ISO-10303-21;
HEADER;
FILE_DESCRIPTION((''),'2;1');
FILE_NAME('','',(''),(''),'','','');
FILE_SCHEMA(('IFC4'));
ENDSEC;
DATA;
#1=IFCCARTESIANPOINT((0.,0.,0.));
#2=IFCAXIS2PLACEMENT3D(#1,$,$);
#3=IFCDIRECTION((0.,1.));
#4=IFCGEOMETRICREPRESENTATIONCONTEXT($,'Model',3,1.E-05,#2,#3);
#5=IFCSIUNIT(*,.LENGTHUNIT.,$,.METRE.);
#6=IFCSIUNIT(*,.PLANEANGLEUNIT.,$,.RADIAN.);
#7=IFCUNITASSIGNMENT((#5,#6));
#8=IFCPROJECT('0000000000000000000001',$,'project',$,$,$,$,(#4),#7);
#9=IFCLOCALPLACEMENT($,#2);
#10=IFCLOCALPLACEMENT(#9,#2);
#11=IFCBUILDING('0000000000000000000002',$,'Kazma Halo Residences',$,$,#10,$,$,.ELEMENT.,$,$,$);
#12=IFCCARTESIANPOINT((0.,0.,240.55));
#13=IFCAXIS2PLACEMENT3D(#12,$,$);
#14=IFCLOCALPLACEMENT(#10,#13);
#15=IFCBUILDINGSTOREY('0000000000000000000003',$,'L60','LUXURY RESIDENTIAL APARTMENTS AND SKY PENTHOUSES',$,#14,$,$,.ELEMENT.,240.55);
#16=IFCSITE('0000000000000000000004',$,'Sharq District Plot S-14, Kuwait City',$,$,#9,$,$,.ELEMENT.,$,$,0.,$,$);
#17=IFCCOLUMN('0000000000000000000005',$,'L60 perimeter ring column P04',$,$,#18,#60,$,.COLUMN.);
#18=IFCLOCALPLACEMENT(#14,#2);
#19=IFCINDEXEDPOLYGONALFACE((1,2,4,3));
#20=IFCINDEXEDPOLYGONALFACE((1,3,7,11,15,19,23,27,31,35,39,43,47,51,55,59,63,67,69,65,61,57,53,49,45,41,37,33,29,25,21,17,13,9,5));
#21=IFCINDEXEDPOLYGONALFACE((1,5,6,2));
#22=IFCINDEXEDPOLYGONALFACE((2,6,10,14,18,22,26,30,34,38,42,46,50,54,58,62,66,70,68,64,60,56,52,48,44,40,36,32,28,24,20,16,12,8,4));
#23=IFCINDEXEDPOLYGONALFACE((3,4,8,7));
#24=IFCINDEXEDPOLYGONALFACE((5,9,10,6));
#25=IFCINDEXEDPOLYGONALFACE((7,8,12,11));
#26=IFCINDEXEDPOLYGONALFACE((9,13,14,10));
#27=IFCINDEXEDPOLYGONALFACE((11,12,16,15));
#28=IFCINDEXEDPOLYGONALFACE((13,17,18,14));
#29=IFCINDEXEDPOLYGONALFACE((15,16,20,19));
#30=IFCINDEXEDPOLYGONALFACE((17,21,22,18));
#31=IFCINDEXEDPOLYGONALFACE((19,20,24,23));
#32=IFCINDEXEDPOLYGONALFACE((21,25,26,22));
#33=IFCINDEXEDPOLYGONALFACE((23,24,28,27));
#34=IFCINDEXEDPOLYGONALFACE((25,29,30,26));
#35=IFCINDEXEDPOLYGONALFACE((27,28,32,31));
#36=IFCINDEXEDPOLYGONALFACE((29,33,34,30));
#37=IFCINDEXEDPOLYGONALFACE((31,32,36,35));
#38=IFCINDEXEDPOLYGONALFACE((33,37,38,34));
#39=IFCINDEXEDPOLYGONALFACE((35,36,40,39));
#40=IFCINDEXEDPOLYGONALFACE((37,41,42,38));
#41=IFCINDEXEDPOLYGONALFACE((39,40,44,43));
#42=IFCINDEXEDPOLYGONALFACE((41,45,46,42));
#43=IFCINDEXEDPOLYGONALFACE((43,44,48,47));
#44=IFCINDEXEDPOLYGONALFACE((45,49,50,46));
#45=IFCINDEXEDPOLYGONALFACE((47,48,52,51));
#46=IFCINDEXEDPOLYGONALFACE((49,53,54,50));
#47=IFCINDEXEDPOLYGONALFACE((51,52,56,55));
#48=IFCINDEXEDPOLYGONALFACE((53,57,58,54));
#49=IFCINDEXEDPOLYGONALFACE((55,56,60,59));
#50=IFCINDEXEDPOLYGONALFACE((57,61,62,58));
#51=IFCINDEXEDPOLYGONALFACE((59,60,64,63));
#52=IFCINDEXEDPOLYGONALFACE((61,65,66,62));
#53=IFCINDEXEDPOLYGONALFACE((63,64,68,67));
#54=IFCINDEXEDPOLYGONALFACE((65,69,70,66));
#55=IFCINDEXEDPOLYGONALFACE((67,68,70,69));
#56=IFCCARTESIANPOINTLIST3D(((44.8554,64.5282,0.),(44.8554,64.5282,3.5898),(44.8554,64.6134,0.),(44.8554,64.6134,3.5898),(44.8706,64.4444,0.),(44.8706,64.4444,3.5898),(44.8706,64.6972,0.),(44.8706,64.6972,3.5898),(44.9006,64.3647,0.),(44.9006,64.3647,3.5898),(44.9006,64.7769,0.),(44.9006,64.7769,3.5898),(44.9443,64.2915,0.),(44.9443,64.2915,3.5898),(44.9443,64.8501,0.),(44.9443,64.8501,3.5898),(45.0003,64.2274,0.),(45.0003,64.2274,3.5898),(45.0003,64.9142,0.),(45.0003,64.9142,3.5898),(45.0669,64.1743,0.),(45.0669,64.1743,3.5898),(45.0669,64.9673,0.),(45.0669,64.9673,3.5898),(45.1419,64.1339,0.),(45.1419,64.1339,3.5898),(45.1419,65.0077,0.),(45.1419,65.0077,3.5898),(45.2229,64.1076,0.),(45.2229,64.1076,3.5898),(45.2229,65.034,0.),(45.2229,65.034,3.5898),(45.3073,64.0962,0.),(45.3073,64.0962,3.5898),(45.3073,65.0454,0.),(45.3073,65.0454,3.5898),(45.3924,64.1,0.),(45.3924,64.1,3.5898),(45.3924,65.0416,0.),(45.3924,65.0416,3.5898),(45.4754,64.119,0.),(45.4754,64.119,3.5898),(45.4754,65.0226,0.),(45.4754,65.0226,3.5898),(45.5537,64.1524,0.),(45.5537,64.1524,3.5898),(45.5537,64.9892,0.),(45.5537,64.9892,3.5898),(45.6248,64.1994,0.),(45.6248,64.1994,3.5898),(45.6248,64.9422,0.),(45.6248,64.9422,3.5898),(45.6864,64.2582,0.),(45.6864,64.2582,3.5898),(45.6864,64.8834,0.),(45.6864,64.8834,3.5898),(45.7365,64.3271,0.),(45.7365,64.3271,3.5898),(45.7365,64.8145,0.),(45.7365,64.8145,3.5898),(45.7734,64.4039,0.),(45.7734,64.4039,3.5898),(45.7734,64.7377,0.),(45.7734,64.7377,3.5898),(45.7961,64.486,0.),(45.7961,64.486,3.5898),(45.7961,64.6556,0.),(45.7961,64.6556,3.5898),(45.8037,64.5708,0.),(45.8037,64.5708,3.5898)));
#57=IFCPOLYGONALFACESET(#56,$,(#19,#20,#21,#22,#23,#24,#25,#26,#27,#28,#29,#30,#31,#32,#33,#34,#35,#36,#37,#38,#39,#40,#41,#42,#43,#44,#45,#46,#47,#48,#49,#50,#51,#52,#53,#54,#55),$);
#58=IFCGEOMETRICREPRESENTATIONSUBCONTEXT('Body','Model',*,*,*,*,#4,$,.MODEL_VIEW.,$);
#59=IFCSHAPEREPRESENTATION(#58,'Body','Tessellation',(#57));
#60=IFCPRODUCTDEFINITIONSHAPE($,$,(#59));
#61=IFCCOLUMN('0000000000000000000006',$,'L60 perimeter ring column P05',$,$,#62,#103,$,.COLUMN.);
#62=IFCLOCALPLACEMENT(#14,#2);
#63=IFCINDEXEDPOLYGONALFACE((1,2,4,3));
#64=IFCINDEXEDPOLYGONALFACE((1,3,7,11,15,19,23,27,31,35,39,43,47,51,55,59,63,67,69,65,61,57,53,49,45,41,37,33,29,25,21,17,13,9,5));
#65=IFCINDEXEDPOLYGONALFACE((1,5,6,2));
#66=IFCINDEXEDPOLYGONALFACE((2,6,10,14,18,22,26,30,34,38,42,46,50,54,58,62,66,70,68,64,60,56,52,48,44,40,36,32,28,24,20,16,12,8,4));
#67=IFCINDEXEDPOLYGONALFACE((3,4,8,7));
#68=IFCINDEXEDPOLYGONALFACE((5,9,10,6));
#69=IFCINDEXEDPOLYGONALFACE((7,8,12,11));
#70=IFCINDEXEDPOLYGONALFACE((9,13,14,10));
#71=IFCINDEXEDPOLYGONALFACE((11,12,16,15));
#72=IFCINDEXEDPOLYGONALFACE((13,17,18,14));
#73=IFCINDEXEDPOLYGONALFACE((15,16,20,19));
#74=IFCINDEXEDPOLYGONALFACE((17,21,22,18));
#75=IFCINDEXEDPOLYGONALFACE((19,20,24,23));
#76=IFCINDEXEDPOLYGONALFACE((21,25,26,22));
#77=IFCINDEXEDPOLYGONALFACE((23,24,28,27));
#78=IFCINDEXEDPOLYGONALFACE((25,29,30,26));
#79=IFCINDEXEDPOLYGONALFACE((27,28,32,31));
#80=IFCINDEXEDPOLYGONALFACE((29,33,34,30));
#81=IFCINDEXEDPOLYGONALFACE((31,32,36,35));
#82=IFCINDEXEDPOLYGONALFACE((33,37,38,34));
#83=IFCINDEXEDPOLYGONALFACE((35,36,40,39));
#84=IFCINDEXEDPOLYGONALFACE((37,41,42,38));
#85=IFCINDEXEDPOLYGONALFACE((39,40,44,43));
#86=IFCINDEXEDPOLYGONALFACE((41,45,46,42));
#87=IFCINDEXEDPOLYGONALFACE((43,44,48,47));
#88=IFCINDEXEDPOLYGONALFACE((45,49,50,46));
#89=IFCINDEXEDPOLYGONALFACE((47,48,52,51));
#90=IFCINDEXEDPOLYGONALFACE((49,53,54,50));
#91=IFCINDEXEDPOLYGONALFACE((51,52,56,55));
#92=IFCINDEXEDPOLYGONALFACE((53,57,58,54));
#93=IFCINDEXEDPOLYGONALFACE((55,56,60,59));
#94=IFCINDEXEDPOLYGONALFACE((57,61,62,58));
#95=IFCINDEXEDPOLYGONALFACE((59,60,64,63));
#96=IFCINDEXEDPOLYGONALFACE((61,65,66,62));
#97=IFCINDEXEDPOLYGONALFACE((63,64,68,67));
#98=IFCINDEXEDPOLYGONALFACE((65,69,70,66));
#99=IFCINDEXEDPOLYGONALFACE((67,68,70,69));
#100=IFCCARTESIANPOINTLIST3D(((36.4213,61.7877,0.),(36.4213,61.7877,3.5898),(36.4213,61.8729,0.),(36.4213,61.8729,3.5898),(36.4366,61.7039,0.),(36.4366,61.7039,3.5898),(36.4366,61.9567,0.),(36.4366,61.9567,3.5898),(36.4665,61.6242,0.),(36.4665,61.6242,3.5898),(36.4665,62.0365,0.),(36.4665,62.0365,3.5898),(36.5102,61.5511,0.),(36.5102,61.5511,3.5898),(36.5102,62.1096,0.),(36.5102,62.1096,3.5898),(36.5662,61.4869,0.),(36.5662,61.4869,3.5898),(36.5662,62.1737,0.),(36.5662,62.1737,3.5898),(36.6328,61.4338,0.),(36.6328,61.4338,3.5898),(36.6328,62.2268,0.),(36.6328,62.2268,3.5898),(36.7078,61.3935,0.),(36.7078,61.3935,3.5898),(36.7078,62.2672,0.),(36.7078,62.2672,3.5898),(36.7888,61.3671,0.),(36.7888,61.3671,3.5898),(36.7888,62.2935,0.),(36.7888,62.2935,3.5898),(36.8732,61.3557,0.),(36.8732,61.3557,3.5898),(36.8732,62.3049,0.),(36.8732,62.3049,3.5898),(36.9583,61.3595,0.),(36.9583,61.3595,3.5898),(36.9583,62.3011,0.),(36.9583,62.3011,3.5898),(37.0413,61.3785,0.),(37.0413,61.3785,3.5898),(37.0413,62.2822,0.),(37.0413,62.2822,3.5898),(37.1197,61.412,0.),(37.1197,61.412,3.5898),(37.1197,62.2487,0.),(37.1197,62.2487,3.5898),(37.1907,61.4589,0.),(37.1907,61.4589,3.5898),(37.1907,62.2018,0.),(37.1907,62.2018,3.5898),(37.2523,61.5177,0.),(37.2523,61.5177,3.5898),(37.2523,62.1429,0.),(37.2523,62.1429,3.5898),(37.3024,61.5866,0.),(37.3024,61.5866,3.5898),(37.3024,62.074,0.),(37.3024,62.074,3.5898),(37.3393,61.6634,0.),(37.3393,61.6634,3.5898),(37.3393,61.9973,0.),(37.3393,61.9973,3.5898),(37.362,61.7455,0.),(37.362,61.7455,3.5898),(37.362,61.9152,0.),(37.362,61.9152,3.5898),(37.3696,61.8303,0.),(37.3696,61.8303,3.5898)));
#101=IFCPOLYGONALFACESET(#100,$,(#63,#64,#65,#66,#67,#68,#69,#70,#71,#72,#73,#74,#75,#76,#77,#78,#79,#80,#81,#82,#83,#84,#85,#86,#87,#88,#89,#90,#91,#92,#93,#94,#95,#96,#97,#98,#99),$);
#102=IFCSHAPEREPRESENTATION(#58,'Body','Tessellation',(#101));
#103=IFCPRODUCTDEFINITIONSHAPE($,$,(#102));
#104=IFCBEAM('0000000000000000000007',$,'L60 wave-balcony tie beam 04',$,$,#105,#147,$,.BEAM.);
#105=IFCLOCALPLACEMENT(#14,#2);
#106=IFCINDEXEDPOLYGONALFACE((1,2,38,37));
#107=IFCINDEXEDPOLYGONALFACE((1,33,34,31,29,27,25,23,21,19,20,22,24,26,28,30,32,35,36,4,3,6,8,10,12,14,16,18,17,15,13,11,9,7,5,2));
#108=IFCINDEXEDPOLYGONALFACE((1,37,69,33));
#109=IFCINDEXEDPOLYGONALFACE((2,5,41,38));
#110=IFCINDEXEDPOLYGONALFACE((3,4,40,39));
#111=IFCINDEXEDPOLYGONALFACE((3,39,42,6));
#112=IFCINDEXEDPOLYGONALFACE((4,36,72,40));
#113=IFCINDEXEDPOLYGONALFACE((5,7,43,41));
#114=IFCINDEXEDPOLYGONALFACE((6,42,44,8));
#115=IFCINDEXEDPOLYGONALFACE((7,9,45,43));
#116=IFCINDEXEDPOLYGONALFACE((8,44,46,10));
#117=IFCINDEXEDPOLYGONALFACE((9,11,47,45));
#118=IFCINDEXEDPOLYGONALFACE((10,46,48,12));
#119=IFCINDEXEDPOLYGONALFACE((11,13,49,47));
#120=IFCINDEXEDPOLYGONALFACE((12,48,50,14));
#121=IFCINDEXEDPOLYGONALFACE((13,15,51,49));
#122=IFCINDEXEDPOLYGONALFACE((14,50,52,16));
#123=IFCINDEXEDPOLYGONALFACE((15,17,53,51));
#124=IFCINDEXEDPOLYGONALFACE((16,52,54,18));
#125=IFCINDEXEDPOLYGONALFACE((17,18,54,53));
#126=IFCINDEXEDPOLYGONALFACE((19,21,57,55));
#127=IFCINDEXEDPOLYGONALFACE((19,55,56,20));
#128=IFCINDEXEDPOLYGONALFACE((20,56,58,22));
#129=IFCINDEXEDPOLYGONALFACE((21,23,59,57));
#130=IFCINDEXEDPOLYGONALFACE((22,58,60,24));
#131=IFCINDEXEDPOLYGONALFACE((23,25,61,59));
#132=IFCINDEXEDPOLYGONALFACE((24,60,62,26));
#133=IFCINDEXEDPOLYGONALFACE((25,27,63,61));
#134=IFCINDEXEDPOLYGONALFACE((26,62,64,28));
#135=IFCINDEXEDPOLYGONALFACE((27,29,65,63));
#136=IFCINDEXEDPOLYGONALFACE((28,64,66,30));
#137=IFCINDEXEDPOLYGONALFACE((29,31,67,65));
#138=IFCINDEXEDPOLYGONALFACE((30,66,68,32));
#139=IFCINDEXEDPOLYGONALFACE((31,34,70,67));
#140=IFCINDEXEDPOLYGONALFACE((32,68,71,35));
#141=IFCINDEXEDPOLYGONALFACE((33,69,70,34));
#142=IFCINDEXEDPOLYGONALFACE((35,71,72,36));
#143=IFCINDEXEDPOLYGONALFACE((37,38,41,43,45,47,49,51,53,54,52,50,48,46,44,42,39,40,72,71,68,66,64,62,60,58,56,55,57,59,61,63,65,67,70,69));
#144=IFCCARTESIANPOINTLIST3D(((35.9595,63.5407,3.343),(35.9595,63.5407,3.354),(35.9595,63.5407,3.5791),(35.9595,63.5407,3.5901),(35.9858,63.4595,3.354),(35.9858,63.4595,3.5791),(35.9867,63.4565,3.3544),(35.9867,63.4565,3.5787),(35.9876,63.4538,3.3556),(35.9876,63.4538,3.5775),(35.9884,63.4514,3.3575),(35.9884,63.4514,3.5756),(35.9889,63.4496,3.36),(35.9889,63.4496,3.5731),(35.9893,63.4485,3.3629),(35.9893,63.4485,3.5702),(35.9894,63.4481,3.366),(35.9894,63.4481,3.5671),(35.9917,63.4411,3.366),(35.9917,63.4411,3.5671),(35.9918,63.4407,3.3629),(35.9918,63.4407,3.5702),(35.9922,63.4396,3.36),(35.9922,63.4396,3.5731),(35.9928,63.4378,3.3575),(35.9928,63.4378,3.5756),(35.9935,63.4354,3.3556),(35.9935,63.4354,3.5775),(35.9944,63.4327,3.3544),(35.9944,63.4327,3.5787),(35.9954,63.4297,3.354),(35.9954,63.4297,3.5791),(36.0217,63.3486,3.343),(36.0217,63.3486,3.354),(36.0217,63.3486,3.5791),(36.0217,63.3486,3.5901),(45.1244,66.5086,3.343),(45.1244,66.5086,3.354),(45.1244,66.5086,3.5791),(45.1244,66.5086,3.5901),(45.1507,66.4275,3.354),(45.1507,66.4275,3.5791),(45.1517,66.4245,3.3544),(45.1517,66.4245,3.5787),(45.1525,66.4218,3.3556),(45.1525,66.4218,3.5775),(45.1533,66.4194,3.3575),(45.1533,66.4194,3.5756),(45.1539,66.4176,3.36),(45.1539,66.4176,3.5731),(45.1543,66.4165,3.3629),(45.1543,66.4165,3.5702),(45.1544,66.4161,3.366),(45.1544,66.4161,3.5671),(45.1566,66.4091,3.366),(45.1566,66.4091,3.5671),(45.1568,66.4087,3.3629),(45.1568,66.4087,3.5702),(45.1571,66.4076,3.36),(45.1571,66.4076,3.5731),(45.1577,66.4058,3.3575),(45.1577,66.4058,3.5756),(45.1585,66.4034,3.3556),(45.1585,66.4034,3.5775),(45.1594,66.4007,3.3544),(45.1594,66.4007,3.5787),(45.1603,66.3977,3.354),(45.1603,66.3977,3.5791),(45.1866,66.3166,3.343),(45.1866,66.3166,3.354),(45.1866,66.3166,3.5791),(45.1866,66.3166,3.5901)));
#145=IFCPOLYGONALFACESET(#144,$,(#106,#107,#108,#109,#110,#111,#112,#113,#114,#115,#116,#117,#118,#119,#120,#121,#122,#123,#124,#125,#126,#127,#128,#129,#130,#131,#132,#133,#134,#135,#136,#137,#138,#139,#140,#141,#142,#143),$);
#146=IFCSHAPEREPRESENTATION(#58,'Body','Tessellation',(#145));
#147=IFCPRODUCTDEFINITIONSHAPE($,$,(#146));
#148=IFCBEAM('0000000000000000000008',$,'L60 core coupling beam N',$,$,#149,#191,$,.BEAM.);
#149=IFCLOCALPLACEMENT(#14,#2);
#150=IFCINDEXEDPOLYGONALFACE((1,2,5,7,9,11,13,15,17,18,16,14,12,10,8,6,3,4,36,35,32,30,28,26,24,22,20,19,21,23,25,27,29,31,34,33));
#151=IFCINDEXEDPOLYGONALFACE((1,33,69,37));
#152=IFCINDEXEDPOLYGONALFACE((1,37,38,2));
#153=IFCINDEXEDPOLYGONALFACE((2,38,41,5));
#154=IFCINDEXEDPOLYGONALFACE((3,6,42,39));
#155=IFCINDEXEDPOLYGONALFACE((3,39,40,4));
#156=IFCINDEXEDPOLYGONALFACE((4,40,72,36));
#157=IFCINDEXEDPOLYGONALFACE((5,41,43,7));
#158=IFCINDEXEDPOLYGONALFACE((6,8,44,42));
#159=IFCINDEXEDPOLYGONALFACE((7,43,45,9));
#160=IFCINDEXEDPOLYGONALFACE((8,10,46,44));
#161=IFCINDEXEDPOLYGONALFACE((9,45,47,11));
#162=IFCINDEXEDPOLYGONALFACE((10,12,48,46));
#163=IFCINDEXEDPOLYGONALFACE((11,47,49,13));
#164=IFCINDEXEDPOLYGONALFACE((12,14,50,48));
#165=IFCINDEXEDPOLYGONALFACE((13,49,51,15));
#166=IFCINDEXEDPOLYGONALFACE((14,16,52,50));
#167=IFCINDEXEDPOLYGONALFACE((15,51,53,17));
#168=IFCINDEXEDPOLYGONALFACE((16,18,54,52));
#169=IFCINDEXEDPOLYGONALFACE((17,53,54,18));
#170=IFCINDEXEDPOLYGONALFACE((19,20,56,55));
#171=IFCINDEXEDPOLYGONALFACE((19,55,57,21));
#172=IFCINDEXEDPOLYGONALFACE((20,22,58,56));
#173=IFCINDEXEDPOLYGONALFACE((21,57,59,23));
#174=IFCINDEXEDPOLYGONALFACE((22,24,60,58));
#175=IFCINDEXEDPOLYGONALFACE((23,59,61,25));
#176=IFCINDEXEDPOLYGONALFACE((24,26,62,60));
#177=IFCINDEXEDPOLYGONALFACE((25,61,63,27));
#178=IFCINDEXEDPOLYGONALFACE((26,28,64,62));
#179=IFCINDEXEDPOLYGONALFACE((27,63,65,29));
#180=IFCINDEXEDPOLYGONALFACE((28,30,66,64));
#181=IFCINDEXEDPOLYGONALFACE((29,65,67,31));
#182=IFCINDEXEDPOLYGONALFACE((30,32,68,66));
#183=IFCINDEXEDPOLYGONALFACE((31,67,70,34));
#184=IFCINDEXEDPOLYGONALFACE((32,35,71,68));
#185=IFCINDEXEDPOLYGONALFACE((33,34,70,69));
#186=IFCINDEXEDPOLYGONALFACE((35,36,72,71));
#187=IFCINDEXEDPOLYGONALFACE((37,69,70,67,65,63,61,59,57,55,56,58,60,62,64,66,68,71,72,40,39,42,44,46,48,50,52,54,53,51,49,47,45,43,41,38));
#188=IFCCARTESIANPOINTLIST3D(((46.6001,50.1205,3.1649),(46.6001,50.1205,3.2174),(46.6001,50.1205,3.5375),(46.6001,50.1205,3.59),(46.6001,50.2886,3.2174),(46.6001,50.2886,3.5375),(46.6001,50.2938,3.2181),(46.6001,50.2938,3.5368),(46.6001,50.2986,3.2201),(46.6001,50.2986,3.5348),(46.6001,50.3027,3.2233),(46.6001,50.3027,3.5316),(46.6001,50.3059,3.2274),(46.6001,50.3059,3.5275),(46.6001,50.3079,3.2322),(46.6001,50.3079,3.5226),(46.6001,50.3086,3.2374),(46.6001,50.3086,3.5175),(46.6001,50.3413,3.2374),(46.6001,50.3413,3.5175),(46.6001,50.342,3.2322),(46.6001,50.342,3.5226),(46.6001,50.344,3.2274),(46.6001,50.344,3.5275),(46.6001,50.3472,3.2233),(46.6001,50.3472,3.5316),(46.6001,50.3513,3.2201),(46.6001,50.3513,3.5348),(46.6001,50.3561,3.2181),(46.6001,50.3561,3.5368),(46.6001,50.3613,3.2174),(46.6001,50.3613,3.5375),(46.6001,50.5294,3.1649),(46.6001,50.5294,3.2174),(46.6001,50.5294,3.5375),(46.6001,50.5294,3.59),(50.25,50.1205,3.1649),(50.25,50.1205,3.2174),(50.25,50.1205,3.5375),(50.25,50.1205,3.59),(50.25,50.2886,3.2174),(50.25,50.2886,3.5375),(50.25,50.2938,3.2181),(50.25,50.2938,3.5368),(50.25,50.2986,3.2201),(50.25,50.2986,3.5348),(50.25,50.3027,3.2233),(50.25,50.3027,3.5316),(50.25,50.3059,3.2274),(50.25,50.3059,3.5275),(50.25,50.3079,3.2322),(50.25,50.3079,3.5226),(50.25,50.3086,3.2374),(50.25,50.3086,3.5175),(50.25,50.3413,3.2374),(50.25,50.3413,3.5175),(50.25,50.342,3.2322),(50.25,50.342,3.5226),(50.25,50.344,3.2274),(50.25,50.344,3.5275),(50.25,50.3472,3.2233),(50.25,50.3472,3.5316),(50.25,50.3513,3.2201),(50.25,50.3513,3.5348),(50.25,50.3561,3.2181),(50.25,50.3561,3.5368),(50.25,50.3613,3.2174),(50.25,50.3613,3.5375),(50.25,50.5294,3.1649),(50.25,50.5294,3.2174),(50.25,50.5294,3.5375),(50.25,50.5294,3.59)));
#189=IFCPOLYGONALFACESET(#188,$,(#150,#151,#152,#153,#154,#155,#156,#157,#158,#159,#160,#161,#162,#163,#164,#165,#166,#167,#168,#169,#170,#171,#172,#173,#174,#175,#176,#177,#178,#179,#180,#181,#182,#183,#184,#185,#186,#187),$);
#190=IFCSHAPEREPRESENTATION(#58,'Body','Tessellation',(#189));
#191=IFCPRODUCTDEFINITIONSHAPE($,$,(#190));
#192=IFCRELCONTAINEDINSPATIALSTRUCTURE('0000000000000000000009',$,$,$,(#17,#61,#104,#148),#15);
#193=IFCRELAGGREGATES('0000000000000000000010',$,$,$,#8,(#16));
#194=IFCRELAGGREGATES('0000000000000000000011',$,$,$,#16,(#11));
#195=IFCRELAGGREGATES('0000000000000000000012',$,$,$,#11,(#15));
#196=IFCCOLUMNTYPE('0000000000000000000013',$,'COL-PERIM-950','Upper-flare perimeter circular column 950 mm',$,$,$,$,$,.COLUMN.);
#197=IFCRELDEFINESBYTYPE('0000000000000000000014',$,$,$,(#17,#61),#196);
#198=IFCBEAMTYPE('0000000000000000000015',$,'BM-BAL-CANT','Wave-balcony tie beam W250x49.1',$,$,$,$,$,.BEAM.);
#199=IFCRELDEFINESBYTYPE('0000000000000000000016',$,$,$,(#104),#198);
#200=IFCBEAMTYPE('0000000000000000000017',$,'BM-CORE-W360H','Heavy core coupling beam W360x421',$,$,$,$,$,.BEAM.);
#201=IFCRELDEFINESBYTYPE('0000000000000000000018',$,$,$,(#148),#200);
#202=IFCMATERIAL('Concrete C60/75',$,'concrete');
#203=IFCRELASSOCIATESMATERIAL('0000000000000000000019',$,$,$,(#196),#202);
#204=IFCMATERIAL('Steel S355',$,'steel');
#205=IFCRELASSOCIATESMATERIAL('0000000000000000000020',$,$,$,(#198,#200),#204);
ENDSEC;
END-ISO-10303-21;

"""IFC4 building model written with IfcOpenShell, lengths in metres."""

from ifc_helpers import new_model, si_unit, direction, frame, origin, origin_2d, place, context, subcontext, project, spatial, circle, i_section, extrude, material, material_profile, profile_set, type_object, element, save


model = new_model("IFC4")

# Units and contexts
model_context = context("Model", 3, precision=1e-05, world=origin(), true_north=direction((0.0, 1.0)))
body_context = subcontext(model_context, "Body", "Model", "MODEL_VIEW")
ifc_project = project(units=[si_unit("LENGTHUNIT", "METRE"), si_unit("PLANEANGLEUNIT", "RADIAN")], contexts=[model_context])

# Site, building, storey
site_placement = place(None, origin())
site = spatial("IfcSite", under=ifc_project, at=site_placement, Name="Sharq District Plot S-14, Kuwait City", CompositionType="ELEMENT", RefElevation=0.0)
building_placement = place(site_placement, origin())
building = spatial("IfcBuilding", under=site, at=building_placement, Name="Kazma Halo Residences", CompositionType="ELEMENT")
storey_placement = place(building_placement, frame((0.0, 0.0, 240.55)))
storey = spatial("IfcBuildingStorey", under=building, at=storey_placement, Name="L60", Description="LUXURY RESIDENTIAL APARTMENTS AND SKY PENTHOUSES", CompositionType="ELEMENT", Elevation=240.55)

# Columns
ifc_material_1 = material(Name="Concrete C60/75", Category="concrete")
ifc_material_profile_1 = material_profile(ifc_material_1, circle(Radius=0.4751, at=origin_2d()), Name="CIRC950")
ifc_profile_set_1 = profile_set([ifc_material_profile_1], Name="Concrete C60/75")
column_type = type_object("IfcColumnType", Name="COL-PERIM-950", Description="Upper-flare perimeter circular column 950 mm", PredefinedType="COLUMN", material=ifc_profile_set_1)
for number, where, z_axis, x_axis, name in (
    (1, (45.3286, 64.5708, 0.0), (0.0, 0.0, 1.0), (1.0, 0.0, 0.0), "L60 perimeter ring column P04"),
    (2, (36.8945, 61.8303, 0.0), (0.0, 0.0, 1.0), (1.0, 0.0, 0.0), "L60 perimeter ring column P05"),
):
    element("IfcColumn", number, at=place(storey_placement, frame(where, z_axis=z_axis, x_axis=x_axis)), inside=storey, type_object=column_type, Name=name, PredefinedType="COLUMN", context=body_context, shape_type="SweptSolid", body=[
        extrude(circle(Radius=0.4751, at=origin_2d()), origin(), (0.0, 0.0, 1.0), 3.5898),
    ])

# Beams
ifc_material_2 = material(Name="Steel S355", Category="steel")
ifc_material_profile_2 = material_profile(ifc_material_2, i_section(OverallWidth=0.2019, OverallDepth=0.2471, WebThickness=0.0073, FlangeThickness=0.011, FilletRadius=0.012, at=origin_2d()), Name="W250x49.1")
ifc_profile_set_2 = profile_set([ifc_material_profile_2], Name="Steel S355")
beam_type_1 = type_object("IfcBeamType", Name="BM-BAL-CANT", Description="Wave-balcony tie beam W250x49.1", PredefinedType="BEAM", material=ifc_profile_set_2)
beam_1_placement = place(storey_placement, frame((45.1555, 66.4126, 3.4666), z_axis=(-0.951358, -0.308089, 0.0), x_axis=(0.308089, -0.951358, 0.0)))
element("IfcBeam", 3, at=beam_1_placement, inside=storey, type_object=beam_type_1, Name="L60 wave-balcony tie beam 04", PredefinedType="BEAM", context=body_context, shape_type="SweptSolid", body=[
    extrude(i_section(OverallWidth=0.2019, OverallDepth=0.2471, WebThickness=0.0073, FlangeThickness=0.011, FilletRadius=0.012, at=origin_2d()), origin(), (0.0, 0.0, 1.0), 9.6335),
])
ifc_material_profile_3 = material_profile(ifc_material_2, i_section(OverallWidth=0.4089, OverallDepth=0.425, WebThickness=0.0327, FlangeThickness=0.0525, FilletRadius=0.02, at=origin_2d()), Name="W360x421")
ifc_profile_set_3 = profile_set([ifc_material_profile_3], Name="Steel S355")
beam_type_2 = type_object("IfcBeamType", Name="BM-CORE-W360H", Description="Heavy core coupling beam W360x421", PredefinedType="BEAM", material=ifc_profile_set_3)
beam_2_placement = place(storey_placement, frame((46.6001, 50.325, 3.3774), z_axis=(1.0, 0.0, 0.0), x_axis=(0.0, 1.0, 0.0)))
element("IfcBeam", 4, at=beam_2_placement, inside=storey, type_object=beam_type_2, Name="L60 core coupling beam N", PredefinedType="BEAM", context=body_context, shape_type="SweptSolid", body=[
    extrude(i_section(OverallWidth=0.4089, OverallDepth=0.425, WebThickness=0.0327, FlangeThickness=0.0525, FilletRadius=0.02, at=origin_2d()), origin(), (0.0, 0.0, 1.0), 3.6499),
])

save(model, "model.ifc")
